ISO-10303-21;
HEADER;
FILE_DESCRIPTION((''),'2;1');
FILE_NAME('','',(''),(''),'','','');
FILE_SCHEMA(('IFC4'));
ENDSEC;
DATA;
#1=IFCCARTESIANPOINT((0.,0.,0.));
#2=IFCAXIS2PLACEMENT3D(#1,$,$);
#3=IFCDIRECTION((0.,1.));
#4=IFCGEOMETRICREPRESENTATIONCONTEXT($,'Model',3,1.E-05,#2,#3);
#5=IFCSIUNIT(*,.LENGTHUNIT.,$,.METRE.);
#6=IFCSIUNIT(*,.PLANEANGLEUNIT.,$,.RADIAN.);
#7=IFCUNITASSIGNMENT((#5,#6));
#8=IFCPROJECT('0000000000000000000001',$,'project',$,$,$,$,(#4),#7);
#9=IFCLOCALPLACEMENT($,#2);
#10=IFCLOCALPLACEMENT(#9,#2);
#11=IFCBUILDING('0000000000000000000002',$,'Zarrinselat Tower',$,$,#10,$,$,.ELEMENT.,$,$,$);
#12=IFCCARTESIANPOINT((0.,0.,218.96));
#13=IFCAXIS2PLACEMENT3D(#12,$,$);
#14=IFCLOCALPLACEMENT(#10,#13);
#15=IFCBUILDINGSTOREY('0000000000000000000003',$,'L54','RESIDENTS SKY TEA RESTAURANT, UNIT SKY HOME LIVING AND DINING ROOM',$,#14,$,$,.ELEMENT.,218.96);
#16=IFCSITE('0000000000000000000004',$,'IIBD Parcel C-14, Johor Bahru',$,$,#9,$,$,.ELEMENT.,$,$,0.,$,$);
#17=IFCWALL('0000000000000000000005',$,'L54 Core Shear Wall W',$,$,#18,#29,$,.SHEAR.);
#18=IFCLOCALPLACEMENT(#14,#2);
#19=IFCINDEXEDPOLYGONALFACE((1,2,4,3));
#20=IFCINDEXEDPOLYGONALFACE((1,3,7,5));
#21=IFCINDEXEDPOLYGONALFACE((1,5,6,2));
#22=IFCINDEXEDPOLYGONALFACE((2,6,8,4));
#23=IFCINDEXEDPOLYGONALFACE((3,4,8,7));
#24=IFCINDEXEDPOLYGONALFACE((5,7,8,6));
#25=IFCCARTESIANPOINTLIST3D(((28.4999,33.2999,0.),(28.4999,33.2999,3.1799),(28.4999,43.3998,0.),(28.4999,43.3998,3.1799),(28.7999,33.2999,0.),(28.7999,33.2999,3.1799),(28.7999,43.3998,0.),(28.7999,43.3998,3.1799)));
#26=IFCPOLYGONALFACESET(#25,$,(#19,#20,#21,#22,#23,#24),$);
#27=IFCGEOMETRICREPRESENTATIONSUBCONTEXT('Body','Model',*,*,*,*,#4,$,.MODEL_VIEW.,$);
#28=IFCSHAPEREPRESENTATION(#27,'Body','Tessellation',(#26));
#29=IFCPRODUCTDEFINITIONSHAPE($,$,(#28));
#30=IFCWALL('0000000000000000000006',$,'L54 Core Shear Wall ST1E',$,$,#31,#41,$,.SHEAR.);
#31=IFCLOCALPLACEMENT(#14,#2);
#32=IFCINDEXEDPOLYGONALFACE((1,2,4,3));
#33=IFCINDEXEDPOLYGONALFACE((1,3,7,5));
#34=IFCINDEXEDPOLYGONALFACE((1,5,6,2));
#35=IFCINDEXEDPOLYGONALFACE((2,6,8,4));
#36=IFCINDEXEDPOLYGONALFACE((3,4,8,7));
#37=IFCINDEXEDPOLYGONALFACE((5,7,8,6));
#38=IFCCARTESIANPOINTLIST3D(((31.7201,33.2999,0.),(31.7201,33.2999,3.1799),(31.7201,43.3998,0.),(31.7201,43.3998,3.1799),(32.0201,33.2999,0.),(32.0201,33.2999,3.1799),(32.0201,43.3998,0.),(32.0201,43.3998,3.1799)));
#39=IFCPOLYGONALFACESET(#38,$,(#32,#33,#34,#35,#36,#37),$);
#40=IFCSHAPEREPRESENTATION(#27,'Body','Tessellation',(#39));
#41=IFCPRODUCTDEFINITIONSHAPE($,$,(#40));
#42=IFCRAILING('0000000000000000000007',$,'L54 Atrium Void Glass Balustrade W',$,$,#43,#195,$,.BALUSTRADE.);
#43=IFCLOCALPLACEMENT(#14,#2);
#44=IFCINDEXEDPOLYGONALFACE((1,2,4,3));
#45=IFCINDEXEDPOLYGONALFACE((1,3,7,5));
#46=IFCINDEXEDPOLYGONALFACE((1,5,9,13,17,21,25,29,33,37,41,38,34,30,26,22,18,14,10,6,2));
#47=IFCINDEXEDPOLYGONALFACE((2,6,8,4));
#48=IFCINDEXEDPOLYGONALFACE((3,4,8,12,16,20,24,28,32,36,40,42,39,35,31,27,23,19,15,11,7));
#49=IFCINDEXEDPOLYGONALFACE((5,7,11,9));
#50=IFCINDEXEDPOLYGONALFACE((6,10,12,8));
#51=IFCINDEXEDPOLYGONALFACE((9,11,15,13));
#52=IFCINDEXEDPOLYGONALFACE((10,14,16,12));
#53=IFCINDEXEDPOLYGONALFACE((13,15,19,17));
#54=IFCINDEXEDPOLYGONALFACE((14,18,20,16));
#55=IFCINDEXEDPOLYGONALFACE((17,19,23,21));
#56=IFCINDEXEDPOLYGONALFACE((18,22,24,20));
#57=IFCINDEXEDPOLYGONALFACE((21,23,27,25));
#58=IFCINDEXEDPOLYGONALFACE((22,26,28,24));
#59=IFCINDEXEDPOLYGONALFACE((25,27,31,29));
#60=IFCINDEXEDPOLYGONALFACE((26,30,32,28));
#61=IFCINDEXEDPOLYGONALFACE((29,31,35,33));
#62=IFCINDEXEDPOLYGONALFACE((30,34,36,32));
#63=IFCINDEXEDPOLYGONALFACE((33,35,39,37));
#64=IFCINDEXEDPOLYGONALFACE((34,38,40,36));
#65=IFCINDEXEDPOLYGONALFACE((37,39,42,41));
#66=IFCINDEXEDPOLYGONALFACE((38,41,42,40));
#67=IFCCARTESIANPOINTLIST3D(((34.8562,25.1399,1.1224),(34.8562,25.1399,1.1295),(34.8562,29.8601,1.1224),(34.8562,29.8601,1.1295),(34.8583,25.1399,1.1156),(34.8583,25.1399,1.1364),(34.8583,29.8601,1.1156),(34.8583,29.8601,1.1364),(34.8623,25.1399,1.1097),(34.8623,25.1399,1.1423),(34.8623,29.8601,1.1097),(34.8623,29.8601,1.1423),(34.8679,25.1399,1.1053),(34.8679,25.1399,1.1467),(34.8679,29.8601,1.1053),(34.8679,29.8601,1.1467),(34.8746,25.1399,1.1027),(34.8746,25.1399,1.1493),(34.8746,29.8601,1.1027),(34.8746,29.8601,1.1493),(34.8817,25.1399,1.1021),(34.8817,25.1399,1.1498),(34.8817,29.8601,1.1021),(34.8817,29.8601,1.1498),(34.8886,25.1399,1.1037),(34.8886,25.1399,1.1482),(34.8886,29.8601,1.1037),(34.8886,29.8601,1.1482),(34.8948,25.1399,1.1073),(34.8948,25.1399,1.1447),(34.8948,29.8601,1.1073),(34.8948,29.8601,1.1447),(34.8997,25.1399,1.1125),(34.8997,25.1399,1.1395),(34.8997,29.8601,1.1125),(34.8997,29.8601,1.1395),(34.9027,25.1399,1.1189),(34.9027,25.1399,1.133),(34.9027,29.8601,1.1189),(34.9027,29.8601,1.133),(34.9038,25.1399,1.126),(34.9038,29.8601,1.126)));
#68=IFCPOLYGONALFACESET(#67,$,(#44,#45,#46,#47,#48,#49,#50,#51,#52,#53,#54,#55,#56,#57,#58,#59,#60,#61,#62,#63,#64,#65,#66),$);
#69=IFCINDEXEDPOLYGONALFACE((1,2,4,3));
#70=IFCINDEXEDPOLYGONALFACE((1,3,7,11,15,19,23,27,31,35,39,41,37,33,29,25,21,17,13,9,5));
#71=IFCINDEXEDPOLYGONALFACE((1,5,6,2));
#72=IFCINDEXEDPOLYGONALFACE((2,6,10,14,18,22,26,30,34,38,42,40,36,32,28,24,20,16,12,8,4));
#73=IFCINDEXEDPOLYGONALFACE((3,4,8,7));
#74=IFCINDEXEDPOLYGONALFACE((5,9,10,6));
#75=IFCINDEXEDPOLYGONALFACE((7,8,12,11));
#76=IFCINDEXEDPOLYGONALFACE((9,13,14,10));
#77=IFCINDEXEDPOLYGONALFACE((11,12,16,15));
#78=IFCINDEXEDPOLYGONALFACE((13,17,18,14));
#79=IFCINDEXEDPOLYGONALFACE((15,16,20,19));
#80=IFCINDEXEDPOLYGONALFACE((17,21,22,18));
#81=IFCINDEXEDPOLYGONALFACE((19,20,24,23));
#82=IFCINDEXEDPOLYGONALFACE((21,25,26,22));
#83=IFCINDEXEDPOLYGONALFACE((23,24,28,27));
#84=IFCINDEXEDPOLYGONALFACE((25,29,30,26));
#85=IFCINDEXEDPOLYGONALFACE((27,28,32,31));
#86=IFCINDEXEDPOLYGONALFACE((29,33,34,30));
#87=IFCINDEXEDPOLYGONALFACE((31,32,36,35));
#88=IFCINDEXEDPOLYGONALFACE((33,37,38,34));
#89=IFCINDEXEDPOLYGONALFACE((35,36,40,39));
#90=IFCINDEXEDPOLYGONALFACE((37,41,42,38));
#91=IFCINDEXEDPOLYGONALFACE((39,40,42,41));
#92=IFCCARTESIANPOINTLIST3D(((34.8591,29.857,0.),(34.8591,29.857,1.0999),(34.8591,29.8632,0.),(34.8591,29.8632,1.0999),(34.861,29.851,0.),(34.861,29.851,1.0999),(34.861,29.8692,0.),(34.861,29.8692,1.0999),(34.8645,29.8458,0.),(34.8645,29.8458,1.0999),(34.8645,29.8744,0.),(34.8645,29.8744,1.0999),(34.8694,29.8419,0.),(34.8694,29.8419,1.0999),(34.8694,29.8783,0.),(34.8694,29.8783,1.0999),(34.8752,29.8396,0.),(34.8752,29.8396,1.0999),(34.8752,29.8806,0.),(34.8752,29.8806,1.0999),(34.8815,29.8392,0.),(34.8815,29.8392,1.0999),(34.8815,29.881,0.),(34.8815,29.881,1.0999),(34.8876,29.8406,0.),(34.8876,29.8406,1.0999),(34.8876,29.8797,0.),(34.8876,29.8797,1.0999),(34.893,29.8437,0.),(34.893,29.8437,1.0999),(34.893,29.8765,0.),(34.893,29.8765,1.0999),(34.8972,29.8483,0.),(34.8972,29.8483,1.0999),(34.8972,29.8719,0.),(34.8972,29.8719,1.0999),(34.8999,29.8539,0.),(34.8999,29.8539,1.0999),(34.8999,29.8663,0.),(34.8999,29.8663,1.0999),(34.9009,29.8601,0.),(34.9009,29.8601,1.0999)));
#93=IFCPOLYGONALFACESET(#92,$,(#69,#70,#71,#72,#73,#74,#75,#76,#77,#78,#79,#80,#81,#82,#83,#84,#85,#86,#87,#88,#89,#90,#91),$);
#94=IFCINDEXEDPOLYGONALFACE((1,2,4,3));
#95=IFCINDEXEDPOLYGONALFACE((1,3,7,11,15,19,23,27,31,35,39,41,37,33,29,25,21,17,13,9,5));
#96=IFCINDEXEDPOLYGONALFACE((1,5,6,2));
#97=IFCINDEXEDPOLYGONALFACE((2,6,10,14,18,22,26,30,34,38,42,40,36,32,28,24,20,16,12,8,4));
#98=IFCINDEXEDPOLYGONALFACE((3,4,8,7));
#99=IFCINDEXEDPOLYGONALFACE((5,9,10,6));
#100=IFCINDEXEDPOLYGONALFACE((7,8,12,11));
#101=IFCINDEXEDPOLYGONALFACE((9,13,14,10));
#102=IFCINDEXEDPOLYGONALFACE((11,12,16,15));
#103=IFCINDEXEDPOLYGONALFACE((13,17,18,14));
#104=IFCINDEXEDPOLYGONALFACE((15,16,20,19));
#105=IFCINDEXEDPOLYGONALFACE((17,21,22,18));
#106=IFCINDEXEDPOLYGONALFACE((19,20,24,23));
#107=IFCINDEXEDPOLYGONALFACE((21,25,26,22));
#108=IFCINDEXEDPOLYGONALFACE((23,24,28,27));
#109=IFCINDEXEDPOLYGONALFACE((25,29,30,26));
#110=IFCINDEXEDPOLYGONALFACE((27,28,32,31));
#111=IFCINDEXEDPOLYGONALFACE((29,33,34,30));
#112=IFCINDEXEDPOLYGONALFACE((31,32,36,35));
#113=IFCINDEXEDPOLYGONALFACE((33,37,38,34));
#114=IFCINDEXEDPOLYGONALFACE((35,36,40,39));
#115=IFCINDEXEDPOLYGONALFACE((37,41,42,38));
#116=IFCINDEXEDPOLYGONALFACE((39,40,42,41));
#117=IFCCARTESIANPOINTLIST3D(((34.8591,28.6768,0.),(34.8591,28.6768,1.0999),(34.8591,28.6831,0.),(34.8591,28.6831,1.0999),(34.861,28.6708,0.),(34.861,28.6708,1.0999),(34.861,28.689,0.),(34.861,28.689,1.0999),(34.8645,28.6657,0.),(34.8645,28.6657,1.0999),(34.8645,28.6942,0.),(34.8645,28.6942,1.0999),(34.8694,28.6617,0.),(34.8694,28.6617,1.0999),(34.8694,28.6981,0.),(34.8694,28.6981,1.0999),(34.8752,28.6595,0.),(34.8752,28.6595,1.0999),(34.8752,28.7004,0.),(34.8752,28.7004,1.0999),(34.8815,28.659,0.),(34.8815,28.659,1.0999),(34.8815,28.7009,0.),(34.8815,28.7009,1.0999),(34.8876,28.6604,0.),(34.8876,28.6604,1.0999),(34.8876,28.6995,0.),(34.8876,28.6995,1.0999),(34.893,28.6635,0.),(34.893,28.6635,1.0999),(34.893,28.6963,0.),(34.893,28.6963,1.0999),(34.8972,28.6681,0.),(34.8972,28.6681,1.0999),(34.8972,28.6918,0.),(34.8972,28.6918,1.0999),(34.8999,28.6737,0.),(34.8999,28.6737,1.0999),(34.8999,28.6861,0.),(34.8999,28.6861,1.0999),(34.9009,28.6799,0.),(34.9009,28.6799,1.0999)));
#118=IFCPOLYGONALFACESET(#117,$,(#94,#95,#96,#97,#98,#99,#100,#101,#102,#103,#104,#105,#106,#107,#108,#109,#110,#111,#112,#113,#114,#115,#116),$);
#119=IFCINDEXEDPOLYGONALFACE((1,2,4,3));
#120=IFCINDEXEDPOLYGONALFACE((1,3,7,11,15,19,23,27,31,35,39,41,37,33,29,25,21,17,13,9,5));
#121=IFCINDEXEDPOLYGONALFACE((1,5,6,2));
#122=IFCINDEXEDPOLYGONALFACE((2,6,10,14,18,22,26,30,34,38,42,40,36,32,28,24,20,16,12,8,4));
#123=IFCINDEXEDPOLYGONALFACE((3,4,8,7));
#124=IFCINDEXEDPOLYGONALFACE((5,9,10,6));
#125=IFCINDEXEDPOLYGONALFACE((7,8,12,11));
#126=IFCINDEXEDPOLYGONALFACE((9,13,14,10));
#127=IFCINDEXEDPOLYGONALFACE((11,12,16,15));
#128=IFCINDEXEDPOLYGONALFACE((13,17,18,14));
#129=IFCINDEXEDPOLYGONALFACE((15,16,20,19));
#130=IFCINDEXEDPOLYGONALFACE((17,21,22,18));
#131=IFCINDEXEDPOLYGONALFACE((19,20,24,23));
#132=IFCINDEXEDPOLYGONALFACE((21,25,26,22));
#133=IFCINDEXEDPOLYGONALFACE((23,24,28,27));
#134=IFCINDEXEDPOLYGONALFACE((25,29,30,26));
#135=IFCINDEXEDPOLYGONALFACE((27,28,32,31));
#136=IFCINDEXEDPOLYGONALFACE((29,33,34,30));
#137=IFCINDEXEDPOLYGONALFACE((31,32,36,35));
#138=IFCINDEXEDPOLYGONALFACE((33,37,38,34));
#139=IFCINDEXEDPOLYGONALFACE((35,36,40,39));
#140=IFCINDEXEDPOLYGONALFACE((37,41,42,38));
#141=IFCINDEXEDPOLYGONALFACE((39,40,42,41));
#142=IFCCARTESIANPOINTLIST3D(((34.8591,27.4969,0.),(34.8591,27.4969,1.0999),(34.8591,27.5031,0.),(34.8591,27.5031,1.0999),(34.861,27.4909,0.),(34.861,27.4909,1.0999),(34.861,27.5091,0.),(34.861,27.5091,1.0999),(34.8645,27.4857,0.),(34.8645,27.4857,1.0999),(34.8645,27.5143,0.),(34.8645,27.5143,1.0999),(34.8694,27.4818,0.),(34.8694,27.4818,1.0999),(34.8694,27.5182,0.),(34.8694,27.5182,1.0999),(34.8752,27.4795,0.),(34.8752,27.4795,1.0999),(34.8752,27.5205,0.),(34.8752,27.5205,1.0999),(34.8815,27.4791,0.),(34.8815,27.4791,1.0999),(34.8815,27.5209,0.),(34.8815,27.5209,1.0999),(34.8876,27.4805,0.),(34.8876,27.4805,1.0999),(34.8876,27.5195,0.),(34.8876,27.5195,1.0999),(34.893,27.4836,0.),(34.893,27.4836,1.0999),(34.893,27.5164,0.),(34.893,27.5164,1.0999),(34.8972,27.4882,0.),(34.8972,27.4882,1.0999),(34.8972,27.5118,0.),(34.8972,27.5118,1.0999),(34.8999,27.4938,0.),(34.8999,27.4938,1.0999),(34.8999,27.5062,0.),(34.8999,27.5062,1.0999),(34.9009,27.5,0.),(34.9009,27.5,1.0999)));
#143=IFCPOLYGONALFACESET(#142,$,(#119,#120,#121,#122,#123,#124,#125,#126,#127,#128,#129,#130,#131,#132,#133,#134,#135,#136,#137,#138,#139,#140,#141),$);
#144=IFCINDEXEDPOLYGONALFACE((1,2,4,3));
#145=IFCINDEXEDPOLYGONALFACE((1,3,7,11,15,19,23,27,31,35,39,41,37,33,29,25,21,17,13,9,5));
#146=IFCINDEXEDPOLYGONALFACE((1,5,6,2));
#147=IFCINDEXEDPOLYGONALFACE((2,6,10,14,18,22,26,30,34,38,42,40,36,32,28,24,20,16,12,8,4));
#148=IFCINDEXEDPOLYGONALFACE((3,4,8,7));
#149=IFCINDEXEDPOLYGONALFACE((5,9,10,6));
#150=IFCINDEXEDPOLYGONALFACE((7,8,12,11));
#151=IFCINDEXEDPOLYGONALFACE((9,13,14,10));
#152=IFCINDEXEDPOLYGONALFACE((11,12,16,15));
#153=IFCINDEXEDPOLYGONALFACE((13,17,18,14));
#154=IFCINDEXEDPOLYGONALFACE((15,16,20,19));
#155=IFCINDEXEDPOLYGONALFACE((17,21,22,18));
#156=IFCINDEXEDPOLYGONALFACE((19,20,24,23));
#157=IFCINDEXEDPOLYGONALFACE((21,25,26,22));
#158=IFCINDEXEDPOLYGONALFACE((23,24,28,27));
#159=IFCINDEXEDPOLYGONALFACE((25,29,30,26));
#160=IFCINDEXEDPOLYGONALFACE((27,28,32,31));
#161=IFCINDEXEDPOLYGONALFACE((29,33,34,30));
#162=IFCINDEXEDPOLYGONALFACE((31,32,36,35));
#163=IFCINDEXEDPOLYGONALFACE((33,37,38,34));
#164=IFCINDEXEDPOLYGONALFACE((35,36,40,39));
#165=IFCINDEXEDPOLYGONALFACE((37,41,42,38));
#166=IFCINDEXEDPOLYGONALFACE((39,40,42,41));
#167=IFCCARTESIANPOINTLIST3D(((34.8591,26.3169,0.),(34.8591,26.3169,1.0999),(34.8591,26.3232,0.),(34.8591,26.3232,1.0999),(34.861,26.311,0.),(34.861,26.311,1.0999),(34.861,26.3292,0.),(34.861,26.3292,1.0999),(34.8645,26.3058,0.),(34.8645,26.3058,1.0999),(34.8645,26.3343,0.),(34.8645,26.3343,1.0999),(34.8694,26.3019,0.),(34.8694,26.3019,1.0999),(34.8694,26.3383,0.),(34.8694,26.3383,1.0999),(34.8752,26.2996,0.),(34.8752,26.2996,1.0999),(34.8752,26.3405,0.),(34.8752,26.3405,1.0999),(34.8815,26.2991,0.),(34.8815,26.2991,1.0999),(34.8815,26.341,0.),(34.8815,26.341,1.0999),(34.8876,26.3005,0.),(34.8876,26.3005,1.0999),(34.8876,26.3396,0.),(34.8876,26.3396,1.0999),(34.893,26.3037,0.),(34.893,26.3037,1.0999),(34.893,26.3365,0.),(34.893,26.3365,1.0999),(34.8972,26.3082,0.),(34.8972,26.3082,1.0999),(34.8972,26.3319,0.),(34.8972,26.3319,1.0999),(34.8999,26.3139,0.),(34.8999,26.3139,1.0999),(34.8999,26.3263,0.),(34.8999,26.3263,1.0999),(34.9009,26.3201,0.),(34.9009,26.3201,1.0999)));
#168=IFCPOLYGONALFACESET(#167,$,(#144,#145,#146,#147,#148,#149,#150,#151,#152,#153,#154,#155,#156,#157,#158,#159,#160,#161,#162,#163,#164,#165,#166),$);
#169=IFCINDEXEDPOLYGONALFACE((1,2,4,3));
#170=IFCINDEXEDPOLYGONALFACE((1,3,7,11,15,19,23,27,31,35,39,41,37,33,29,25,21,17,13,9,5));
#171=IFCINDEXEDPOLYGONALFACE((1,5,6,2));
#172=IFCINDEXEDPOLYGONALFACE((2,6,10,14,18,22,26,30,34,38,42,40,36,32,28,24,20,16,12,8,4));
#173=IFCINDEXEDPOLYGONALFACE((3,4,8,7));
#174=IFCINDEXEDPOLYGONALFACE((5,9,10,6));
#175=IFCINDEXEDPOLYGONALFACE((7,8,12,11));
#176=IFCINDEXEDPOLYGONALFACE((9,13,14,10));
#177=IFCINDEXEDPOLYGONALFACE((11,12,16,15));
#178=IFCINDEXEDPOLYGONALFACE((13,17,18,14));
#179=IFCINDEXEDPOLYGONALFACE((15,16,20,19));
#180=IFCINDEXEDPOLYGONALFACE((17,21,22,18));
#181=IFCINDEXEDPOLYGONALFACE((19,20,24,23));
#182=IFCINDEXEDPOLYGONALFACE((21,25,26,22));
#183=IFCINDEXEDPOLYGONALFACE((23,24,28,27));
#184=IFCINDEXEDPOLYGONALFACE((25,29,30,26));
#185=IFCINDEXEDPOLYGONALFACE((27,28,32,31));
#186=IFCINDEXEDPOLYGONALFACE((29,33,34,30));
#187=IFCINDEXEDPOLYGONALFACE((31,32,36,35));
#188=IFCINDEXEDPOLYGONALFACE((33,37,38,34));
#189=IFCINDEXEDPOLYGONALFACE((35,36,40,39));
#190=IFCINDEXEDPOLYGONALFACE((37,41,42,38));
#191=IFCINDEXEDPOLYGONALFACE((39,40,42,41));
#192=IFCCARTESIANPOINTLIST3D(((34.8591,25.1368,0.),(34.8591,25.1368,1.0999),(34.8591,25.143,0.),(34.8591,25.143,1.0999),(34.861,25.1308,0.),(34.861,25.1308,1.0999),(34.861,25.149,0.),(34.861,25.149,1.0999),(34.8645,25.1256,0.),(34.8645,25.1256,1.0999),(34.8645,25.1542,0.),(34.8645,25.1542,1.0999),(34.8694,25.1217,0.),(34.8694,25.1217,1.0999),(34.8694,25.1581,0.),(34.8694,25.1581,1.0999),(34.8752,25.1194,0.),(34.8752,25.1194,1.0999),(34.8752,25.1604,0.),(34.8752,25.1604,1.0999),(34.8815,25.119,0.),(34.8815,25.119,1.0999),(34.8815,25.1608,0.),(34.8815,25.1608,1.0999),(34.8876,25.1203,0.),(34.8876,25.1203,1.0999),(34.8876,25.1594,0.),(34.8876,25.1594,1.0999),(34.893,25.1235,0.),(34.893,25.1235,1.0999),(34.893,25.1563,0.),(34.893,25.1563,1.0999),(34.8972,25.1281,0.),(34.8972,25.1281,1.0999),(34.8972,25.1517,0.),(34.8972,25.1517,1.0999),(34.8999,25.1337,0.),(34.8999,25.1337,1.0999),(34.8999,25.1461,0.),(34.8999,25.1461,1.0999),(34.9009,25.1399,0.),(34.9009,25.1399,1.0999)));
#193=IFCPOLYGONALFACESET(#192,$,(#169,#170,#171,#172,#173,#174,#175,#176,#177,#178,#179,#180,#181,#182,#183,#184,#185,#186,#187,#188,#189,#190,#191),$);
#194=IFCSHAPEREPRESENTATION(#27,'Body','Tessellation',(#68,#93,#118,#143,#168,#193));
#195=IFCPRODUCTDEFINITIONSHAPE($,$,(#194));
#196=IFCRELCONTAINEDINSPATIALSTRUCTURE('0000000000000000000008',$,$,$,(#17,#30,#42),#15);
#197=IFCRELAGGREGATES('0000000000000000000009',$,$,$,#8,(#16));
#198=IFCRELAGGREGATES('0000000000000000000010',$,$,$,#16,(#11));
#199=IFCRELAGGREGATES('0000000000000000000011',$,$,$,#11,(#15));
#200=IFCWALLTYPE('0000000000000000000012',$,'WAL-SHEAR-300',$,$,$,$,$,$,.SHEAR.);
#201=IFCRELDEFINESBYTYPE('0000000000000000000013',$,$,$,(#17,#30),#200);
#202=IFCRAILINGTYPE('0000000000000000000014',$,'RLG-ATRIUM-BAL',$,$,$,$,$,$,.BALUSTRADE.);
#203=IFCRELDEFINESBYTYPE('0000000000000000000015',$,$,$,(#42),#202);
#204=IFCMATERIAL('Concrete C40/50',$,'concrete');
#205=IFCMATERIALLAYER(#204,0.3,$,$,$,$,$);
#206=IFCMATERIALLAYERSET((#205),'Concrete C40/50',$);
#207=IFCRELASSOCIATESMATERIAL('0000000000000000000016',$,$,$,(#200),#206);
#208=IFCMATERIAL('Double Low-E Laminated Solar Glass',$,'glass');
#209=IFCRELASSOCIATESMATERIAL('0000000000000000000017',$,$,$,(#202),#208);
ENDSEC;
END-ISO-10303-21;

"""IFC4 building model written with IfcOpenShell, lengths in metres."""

from ifc_helpers import new_model, si_unit, direction, frame, frame_2d, origin, origin_2d, place, context, subcontext, project, spatial, rectangle, circle, extrude, material, layer, layer_set, type_object, element, save


model = new_model("IFC4")

# Units and contexts
model_context = context("Model", 3, precision=1e-05, world=origin(), true_north=direction((0.0, 1.0)))
body_context = subcontext(model_context, "Body", "Model", "MODEL_VIEW")
ifc_project = project(units=[si_unit("LENGTHUNIT", "METRE"), si_unit("PLANEANGLEUNIT", "RADIAN")], contexts=[model_context])

# Site, building, storey
site_placement = place(None, origin())
site = spatial("IfcSite", under=ifc_project, at=site_placement, Name="IIBD Parcel C-14, Johor Bahru", CompositionType="ELEMENT", RefElevation=0.0)
building_placement = place(site_placement, origin())
building = spatial("IfcBuilding", under=site, at=building_placement, Name="Zarrinselat Tower", CompositionType="ELEMENT")
storey_placement = place(building_placement, frame((0.0, 0.0, 218.96)))
storey = spatial("IfcBuildingStorey", under=building, at=storey_placement, Name="L54", Description="RESIDENTS SKY TEA RESTAURANT, UNIT SKY HOME LIVING AND DINING ROOM", CompositionType="ELEMENT", Elevation=218.96)

# Walls
ifc_material_1 = material(Name="Concrete C40/50", Category="concrete")
ifc_layer_1 = layer(ifc_material_1, 0.3)
ifc_layer_set_1 = layer_set([ifc_layer_1], Name="Concrete C40/50")
wall_type_1 = type_object("IfcWallType", Name="WAL-SHEAR-300", PredefinedType="SHEAR", material=ifc_layer_set_1)
for number, where, z_axis, x_axis, name in (
    (1, (28.6499, 33.3, 0.0), (0.0, 0.0, 1.0), (0.0, 1.0, 0.0), "L54 Core Shear Wall W"),
    (2, (31.8701, 33.3, 0.0), (0.0, 0.0, 1.0), (0.0, 1.0, 0.0), "L54 Core Shear Wall ST1E"),
):
    element("IfcWall", number, at=place(storey_placement, frame(where, z_axis=z_axis, x_axis=x_axis)), inside=storey, type_object=wall_type_1, Name=name, PredefinedType="SHEAR", context=body_context, shape_type="SweptSolid", body=[
        extrude(rectangle(XDim=10.0999, YDim=0.3, at=frame_2d((5.0498, 0.0))), origin(), (0.0, 0.0, 1.0), 3.1799),
    ])

# Railing
ifc_material_2 = material(Name="Double Low-E Laminated Solar Glass", Category="glass")
railing_type_1 = type_object("IfcRailingType", Name="RLG-ATRIUM-BAL", PredefinedType="BALUSTRADE", material=ifc_material_2)
railing_1_placement = place(storey_placement, frame((34.8799, 29.8601, 0.0)))
element("IfcRailing", 3, at=railing_1_placement, inside=storey, type_object=railing_type_1, Name="L54 Atrium Void Glass Balustrade W", PredefinedType="BALUSTRADE", context=body_context, shape_type="SweptSolid", body=[
    extrude(circle(Radius=0.0239, at=origin_2d()), frame((0.0, 0.0, 1.126), z_axis=(0.0, -1.0, 0.0), x_axis=(1.0, 0.0, 0.0)), (0.0, 0.0, 1.0), 4.7202),
    extrude(circle(Radius=0.021, at=origin_2d()), origin(), (0.0, 0.0, 1.0), 1.0999),
    extrude(circle(Radius=0.021, at=origin_2d()), frame((0.0, -1.1802, 0.0)), (0.0, 0.0, 1.0), 1.0999),
    extrude(circle(Radius=0.021, at=origin_2d()), frame((0.0, -2.3601, 0.0)), (0.0, 0.0, 1.0), 1.0999),
    extrude(circle(Radius=0.021, at=origin_2d()), frame((0.0, -3.54, 0.0)), (0.0, 0.0, 1.0), 1.0999),
    extrude(circle(Radius=0.021, at=origin_2d()), frame((0.0, -4.7202, 0.0)), (0.0, 0.0, 1.0), 1.0999),
])

save(model, "model.ifc")
